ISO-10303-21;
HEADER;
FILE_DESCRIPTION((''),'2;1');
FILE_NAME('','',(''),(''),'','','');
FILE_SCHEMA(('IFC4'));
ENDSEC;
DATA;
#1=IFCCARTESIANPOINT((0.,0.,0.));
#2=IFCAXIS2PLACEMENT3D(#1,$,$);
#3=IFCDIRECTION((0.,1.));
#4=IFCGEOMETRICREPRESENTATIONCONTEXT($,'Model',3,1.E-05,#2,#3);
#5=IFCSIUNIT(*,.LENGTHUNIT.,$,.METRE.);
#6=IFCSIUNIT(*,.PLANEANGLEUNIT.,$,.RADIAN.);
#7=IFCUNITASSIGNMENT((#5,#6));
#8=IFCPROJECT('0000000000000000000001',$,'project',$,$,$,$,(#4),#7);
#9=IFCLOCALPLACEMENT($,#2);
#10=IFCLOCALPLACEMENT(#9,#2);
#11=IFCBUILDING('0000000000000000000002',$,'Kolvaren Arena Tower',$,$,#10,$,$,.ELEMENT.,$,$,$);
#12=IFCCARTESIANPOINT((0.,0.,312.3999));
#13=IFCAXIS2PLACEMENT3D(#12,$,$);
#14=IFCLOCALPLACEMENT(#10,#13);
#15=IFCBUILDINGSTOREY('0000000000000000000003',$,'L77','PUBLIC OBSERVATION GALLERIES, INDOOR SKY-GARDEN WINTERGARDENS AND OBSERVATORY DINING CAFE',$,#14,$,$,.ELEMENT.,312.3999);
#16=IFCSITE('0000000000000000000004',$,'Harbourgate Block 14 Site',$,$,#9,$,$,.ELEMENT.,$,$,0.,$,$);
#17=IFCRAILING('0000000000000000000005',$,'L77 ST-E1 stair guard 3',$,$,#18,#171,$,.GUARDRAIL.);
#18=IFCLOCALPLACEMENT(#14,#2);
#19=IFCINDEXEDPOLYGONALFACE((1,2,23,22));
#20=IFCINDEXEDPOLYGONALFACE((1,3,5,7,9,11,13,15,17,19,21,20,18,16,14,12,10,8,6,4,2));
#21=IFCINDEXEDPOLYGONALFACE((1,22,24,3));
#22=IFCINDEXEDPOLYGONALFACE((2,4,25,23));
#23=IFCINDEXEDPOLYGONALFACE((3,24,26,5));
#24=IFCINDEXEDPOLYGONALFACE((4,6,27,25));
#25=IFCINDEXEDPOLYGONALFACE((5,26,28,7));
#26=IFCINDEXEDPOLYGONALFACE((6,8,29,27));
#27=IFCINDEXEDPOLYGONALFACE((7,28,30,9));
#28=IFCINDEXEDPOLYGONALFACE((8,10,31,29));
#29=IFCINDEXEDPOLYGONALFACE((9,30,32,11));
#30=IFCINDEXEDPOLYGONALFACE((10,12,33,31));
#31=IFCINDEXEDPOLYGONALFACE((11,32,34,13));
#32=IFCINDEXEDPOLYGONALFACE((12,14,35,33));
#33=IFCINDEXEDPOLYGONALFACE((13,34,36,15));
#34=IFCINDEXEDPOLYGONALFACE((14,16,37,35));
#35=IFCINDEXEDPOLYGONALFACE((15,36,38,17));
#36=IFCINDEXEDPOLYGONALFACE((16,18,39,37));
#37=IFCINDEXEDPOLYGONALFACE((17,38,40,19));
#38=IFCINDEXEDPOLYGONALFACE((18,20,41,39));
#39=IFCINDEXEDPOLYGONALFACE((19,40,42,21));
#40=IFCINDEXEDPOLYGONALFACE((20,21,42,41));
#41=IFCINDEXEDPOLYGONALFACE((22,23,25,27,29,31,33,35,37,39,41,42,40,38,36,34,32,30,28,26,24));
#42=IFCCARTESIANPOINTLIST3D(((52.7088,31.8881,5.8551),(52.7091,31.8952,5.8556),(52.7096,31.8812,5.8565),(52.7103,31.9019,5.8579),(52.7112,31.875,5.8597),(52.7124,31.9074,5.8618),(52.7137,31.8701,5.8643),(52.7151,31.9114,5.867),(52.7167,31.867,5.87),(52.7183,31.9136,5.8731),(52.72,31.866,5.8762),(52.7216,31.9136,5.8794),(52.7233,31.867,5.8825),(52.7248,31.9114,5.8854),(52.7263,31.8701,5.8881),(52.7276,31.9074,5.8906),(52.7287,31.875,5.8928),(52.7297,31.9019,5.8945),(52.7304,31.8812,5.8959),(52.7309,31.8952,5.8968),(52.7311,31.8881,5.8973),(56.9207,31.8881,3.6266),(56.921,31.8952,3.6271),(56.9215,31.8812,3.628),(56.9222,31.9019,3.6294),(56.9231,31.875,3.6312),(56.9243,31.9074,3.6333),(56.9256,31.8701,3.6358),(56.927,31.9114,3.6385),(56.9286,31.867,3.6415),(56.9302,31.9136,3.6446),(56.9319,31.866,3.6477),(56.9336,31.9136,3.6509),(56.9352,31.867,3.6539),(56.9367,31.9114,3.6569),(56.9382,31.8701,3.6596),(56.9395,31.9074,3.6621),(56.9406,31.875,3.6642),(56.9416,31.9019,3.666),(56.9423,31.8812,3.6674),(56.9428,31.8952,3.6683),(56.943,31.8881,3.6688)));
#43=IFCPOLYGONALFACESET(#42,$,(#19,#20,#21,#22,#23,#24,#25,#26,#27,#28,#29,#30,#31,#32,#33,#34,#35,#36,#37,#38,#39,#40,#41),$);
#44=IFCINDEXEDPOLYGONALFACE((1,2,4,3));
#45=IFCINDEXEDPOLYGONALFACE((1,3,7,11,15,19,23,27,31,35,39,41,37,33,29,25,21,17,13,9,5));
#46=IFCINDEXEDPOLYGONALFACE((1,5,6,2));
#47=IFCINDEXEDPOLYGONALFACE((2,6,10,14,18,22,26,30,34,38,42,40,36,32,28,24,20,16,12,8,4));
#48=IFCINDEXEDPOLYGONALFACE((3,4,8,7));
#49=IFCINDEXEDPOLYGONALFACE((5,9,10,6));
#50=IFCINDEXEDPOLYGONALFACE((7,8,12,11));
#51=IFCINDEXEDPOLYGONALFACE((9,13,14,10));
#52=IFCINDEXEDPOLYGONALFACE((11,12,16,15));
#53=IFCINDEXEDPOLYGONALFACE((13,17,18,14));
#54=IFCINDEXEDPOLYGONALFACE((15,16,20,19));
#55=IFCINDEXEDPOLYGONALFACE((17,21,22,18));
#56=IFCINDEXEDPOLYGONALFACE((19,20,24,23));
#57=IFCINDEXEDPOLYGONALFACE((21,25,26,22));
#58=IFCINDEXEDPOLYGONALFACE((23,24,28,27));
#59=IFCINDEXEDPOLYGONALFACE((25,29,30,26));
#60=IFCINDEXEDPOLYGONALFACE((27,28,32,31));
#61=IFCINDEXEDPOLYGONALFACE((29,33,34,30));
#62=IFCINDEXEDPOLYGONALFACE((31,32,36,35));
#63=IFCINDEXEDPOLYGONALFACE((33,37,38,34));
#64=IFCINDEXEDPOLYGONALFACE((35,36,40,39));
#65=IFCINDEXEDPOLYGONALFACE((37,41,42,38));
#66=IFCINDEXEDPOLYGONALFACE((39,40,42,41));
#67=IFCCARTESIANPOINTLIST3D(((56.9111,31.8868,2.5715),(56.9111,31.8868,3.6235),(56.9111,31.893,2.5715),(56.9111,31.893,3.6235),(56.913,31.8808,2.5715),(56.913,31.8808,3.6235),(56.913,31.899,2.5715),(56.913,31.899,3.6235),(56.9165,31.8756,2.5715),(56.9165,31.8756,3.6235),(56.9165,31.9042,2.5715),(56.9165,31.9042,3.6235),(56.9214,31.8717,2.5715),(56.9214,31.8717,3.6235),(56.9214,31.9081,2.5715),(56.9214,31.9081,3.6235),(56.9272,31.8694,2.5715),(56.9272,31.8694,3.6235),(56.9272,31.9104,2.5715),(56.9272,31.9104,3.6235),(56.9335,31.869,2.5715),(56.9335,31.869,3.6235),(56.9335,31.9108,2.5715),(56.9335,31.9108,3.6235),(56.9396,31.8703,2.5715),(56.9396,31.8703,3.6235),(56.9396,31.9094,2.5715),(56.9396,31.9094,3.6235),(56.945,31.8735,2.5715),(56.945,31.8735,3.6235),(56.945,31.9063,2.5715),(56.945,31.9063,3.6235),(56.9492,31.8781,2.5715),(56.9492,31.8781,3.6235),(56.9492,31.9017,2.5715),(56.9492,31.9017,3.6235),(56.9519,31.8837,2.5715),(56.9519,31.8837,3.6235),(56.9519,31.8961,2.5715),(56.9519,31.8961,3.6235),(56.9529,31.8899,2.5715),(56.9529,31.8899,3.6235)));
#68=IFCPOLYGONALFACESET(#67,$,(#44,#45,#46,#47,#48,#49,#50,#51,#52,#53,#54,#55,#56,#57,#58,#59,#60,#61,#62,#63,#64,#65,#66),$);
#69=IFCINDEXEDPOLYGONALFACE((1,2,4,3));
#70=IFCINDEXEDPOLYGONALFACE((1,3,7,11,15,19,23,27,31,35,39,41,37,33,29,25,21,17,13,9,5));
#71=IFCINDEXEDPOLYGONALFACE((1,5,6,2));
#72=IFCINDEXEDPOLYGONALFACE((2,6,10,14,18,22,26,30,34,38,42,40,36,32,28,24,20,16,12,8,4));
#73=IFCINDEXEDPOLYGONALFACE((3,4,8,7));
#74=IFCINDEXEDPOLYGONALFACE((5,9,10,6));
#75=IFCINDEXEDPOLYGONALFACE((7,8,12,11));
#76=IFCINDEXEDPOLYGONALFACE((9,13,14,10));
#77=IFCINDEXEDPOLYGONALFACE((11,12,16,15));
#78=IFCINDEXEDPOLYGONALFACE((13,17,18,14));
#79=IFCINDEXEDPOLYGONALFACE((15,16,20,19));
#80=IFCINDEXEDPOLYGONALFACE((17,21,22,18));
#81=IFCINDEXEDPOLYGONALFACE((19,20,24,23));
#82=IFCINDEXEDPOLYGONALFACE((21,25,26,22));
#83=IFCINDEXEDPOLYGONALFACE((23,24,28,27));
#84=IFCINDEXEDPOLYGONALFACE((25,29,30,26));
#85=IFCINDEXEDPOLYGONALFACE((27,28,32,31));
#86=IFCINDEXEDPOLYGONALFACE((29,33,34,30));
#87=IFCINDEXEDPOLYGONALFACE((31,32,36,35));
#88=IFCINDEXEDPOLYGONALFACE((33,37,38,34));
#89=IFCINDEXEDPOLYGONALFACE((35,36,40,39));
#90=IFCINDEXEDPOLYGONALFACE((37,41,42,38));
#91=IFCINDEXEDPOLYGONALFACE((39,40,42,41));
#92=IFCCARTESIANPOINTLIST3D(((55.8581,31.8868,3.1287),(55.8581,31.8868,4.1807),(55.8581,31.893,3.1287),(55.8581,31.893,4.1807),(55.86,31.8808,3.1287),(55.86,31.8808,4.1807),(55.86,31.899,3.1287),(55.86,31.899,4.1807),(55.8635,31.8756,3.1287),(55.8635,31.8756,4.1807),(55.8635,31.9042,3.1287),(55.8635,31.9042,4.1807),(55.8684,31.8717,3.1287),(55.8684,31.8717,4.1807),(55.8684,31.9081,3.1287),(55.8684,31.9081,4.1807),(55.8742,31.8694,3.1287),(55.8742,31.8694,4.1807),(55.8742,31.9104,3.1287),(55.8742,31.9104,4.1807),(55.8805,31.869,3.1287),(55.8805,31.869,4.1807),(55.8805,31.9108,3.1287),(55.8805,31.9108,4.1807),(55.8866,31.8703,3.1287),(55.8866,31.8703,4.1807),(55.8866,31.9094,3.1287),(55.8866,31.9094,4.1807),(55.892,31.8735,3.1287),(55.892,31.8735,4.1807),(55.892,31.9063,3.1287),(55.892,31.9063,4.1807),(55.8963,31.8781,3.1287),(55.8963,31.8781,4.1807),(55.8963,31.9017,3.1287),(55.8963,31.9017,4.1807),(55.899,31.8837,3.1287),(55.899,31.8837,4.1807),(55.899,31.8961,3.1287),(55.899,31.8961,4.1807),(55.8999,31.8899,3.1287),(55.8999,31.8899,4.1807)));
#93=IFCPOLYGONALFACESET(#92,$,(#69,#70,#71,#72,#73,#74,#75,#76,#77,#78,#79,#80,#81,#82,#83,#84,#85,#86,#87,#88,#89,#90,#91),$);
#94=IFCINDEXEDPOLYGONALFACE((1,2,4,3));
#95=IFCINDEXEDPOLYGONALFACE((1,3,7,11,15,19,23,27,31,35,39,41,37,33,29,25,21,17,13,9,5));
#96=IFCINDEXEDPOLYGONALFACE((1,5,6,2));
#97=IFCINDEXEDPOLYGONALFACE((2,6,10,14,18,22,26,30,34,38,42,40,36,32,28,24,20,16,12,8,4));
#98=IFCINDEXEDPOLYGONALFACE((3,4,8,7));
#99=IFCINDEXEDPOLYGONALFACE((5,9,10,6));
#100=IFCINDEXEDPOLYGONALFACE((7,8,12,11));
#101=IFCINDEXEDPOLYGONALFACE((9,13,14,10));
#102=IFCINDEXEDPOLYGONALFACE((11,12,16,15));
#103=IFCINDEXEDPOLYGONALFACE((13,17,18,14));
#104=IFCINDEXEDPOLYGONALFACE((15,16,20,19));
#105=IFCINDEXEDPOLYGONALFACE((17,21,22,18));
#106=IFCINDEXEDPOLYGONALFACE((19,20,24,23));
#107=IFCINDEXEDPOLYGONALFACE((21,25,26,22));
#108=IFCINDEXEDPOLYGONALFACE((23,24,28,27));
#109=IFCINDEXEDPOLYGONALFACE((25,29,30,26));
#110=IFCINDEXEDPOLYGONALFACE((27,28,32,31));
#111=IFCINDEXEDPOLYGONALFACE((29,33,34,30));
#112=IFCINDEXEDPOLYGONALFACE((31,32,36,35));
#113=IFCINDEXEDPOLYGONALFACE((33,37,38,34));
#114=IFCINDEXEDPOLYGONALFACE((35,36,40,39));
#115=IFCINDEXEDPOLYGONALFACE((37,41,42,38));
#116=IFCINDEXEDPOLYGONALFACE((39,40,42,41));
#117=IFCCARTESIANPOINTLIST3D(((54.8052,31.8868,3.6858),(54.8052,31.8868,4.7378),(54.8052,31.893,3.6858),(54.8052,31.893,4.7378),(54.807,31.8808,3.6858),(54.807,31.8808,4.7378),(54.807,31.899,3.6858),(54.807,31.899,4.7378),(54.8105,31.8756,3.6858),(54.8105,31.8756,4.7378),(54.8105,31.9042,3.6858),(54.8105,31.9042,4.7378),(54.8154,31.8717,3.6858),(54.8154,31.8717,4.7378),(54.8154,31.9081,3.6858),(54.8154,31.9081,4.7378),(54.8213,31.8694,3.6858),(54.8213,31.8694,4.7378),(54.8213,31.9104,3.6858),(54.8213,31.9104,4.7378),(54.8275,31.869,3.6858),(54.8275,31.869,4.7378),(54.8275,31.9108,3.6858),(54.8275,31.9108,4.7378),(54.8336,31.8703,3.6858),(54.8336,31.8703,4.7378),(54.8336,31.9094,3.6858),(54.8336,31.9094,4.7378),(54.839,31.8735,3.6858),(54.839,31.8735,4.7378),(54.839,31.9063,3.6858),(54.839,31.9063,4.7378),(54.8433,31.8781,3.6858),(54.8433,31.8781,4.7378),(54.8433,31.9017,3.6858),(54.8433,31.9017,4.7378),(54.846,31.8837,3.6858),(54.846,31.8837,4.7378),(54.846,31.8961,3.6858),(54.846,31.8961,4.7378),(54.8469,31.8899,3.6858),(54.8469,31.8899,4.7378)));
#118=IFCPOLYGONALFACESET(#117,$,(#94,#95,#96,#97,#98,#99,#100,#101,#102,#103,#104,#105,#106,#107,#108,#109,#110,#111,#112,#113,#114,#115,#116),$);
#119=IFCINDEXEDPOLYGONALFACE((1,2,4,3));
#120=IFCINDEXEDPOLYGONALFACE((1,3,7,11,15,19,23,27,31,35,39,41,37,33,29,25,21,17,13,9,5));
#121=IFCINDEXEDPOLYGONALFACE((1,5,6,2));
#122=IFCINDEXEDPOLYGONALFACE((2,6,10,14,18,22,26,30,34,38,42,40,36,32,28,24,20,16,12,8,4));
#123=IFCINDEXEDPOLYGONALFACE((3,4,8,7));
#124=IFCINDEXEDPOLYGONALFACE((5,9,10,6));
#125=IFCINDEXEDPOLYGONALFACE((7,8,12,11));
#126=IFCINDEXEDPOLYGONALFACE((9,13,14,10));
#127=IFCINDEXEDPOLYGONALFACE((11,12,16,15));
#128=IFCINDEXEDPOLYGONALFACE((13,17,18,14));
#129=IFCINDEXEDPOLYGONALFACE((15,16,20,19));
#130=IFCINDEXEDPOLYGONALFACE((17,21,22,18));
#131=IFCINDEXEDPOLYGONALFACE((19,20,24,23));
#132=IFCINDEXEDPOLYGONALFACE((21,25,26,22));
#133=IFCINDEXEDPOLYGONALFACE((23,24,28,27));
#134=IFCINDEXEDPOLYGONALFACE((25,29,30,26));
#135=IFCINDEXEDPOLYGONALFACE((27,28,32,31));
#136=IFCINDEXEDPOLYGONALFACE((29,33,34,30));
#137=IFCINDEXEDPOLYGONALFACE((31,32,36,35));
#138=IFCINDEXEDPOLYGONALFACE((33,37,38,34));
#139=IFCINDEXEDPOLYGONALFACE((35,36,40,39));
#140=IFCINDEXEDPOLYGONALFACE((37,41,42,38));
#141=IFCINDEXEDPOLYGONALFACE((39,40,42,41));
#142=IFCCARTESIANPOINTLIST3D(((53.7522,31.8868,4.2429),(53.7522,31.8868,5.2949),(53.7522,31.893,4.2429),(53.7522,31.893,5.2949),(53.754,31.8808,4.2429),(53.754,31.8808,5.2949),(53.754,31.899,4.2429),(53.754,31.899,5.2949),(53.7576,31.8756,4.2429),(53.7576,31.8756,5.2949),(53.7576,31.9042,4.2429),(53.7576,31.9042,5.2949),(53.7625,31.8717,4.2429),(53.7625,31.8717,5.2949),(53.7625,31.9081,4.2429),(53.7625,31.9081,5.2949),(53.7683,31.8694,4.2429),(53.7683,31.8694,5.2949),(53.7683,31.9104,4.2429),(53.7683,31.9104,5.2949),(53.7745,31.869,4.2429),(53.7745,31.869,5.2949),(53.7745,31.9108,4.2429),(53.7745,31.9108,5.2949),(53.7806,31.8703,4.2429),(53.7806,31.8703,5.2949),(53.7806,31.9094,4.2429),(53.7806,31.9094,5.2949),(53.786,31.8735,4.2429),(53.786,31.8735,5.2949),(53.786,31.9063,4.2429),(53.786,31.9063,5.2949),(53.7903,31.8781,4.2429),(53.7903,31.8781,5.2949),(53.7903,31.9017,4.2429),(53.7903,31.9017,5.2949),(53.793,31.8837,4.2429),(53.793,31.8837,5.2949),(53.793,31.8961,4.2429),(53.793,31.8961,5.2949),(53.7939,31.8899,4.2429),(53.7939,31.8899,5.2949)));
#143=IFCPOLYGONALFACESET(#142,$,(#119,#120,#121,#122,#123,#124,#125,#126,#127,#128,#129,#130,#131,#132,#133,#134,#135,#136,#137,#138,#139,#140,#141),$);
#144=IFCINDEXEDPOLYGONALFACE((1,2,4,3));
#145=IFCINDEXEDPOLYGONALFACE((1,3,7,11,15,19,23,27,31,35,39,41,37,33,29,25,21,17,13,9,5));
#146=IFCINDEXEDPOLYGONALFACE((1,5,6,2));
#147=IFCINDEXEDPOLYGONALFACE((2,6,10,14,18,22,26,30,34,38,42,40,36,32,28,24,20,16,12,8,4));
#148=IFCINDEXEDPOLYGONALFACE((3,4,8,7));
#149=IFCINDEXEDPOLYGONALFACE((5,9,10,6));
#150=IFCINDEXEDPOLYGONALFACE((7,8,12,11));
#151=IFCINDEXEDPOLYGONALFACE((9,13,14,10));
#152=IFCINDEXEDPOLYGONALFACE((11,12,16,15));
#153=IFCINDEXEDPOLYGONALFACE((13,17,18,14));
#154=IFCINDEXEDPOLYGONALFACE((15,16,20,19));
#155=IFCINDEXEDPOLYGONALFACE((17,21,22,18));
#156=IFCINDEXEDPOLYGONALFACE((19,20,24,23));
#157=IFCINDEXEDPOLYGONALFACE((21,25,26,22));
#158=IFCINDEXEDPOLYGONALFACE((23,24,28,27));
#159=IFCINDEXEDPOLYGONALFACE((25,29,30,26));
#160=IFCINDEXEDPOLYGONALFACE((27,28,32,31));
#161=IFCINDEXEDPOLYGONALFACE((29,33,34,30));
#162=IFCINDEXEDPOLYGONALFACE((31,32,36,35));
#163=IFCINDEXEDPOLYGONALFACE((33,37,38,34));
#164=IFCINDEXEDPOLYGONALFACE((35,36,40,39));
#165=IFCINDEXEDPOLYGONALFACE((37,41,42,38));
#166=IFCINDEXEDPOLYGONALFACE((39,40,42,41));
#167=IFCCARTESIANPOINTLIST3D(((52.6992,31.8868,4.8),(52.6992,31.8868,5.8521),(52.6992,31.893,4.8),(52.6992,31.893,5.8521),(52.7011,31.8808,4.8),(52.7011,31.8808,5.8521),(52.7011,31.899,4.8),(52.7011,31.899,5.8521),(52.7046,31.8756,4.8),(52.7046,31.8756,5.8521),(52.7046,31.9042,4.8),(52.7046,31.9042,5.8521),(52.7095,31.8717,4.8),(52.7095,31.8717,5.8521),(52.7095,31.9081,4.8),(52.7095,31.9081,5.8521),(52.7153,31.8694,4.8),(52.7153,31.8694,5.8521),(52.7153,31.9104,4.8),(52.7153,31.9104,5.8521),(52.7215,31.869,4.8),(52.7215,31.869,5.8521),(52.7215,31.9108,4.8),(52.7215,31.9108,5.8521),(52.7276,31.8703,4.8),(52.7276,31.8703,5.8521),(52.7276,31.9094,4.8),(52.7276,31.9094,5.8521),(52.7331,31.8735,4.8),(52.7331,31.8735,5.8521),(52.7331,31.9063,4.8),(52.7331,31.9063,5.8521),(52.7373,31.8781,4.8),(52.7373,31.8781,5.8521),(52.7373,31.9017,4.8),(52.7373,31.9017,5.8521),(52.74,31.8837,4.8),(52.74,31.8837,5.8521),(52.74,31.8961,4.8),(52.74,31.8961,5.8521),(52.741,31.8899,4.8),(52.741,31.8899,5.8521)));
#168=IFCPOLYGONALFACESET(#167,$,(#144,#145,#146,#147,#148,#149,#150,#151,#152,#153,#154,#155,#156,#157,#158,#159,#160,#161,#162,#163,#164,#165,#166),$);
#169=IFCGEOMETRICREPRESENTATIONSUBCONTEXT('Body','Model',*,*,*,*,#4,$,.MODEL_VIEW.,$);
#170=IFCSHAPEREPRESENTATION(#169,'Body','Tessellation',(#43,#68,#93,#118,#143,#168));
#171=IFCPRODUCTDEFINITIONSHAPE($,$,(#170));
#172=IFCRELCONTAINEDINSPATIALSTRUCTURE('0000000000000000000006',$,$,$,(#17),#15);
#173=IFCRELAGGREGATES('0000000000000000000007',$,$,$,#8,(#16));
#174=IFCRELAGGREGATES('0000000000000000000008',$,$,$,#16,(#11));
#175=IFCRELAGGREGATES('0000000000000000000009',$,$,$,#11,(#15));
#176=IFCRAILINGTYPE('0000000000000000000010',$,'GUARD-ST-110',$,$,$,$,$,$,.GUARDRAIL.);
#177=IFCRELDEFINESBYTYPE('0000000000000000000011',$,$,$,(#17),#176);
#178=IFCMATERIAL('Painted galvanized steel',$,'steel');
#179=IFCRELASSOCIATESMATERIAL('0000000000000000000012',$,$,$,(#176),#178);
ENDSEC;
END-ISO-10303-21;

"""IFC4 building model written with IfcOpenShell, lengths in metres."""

from ifc_helpers import new_model, si_unit, direction, frame, origin, origin_2d, place, context, subcontext, project, spatial, circle, extrude, material, type_object, element, save


model = new_model("IFC4")

# Units and contexts
model_context = context("Model", 3, precision=1e-05, world=origin(), true_north=direction((0.0, 1.0)))
body_context = subcontext(model_context, "Body", "Model", "MODEL_VIEW")
ifc_project = project(units=[si_unit("LENGTHUNIT", "METRE"), si_unit("PLANEANGLEUNIT", "RADIAN")], contexts=[model_context])

# Site, building, storey
site_placement = place(None, origin())
site = spatial("IfcSite", under=ifc_project, at=site_placement, Name="Harbourgate Block 14 Site", CompositionType="ELEMENT", RefElevation=0.0)
building_placement = place(site_placement, origin())
building = spatial("IfcBuilding", under=site, at=building_placement, Name="Kolvaren Arena Tower", CompositionType="ELEMENT")
storey_placement = place(building_placement, frame((0.0, 0.0, 312.3999)))
storey = spatial("IfcBuildingStorey", under=building, at=storey_placement, Name="L77", Description="PUBLIC OBSERVATION GALLERIES, INDOOR SKY-GARDEN WINTERGARDENS AND OBSERVATORY DINING CAFE", CompositionType="ELEMENT", Elevation=312.3999)

# Railing
ifc_material_1 = material(Name="Painted galvanized steel", Category="steel")
railing_type_1 = type_object("IfcRailingType", Name="GUARD-ST-110", PredefinedType="GUARDRAIL", material=ifc_material_1)
railing_1_placement = place(storey_placement, frame((56.9319, 31.8899, 2.5715)))
element("IfcRailing", 1, at=railing_1_placement, inside=storey, type_object=railing_type_1, Name="L77 ST-E1 stair guard 3", PredefinedType="GUARDRAIL", context=body_context, shape_type="SweptSolid", body=[
    extrude(circle(Radius=0.0239, at=origin_2d()), frame((0.0, 0.0, 1.0762), z_axis=(-0.883903, 0.0, 0.467671), x_axis=(0.0, -1.0, 0.0)), (0.0, 0.0, 1.0), 4.7651),
    extrude(circle(Radius=0.021, at=origin_2d()), origin(), (0.0, 0.0, 1.0), 1.052),
    extrude(circle(Radius=0.021, at=origin_2d()), frame((-1.053, 0.0, 0.5571)), (0.0, 0.0, 1.0), 1.052),
    extrude(circle(Radius=0.021, at=origin_2d()), frame((-2.106, 0.0, 1.1143)), (0.0, 0.0, 1.0), 1.052),
    extrude(circle(Radius=0.021, at=origin_2d()), frame((-3.1589, 0.0, 1.6714)), (0.0, 0.0, 1.0), 1.052),
    extrude(circle(Radius=0.021, at=origin_2d()), frame((-4.2119, 0.0, 2.2285)), (0.0, 0.0, 1.0), 1.052),
])

save(model, "model.ifc")
